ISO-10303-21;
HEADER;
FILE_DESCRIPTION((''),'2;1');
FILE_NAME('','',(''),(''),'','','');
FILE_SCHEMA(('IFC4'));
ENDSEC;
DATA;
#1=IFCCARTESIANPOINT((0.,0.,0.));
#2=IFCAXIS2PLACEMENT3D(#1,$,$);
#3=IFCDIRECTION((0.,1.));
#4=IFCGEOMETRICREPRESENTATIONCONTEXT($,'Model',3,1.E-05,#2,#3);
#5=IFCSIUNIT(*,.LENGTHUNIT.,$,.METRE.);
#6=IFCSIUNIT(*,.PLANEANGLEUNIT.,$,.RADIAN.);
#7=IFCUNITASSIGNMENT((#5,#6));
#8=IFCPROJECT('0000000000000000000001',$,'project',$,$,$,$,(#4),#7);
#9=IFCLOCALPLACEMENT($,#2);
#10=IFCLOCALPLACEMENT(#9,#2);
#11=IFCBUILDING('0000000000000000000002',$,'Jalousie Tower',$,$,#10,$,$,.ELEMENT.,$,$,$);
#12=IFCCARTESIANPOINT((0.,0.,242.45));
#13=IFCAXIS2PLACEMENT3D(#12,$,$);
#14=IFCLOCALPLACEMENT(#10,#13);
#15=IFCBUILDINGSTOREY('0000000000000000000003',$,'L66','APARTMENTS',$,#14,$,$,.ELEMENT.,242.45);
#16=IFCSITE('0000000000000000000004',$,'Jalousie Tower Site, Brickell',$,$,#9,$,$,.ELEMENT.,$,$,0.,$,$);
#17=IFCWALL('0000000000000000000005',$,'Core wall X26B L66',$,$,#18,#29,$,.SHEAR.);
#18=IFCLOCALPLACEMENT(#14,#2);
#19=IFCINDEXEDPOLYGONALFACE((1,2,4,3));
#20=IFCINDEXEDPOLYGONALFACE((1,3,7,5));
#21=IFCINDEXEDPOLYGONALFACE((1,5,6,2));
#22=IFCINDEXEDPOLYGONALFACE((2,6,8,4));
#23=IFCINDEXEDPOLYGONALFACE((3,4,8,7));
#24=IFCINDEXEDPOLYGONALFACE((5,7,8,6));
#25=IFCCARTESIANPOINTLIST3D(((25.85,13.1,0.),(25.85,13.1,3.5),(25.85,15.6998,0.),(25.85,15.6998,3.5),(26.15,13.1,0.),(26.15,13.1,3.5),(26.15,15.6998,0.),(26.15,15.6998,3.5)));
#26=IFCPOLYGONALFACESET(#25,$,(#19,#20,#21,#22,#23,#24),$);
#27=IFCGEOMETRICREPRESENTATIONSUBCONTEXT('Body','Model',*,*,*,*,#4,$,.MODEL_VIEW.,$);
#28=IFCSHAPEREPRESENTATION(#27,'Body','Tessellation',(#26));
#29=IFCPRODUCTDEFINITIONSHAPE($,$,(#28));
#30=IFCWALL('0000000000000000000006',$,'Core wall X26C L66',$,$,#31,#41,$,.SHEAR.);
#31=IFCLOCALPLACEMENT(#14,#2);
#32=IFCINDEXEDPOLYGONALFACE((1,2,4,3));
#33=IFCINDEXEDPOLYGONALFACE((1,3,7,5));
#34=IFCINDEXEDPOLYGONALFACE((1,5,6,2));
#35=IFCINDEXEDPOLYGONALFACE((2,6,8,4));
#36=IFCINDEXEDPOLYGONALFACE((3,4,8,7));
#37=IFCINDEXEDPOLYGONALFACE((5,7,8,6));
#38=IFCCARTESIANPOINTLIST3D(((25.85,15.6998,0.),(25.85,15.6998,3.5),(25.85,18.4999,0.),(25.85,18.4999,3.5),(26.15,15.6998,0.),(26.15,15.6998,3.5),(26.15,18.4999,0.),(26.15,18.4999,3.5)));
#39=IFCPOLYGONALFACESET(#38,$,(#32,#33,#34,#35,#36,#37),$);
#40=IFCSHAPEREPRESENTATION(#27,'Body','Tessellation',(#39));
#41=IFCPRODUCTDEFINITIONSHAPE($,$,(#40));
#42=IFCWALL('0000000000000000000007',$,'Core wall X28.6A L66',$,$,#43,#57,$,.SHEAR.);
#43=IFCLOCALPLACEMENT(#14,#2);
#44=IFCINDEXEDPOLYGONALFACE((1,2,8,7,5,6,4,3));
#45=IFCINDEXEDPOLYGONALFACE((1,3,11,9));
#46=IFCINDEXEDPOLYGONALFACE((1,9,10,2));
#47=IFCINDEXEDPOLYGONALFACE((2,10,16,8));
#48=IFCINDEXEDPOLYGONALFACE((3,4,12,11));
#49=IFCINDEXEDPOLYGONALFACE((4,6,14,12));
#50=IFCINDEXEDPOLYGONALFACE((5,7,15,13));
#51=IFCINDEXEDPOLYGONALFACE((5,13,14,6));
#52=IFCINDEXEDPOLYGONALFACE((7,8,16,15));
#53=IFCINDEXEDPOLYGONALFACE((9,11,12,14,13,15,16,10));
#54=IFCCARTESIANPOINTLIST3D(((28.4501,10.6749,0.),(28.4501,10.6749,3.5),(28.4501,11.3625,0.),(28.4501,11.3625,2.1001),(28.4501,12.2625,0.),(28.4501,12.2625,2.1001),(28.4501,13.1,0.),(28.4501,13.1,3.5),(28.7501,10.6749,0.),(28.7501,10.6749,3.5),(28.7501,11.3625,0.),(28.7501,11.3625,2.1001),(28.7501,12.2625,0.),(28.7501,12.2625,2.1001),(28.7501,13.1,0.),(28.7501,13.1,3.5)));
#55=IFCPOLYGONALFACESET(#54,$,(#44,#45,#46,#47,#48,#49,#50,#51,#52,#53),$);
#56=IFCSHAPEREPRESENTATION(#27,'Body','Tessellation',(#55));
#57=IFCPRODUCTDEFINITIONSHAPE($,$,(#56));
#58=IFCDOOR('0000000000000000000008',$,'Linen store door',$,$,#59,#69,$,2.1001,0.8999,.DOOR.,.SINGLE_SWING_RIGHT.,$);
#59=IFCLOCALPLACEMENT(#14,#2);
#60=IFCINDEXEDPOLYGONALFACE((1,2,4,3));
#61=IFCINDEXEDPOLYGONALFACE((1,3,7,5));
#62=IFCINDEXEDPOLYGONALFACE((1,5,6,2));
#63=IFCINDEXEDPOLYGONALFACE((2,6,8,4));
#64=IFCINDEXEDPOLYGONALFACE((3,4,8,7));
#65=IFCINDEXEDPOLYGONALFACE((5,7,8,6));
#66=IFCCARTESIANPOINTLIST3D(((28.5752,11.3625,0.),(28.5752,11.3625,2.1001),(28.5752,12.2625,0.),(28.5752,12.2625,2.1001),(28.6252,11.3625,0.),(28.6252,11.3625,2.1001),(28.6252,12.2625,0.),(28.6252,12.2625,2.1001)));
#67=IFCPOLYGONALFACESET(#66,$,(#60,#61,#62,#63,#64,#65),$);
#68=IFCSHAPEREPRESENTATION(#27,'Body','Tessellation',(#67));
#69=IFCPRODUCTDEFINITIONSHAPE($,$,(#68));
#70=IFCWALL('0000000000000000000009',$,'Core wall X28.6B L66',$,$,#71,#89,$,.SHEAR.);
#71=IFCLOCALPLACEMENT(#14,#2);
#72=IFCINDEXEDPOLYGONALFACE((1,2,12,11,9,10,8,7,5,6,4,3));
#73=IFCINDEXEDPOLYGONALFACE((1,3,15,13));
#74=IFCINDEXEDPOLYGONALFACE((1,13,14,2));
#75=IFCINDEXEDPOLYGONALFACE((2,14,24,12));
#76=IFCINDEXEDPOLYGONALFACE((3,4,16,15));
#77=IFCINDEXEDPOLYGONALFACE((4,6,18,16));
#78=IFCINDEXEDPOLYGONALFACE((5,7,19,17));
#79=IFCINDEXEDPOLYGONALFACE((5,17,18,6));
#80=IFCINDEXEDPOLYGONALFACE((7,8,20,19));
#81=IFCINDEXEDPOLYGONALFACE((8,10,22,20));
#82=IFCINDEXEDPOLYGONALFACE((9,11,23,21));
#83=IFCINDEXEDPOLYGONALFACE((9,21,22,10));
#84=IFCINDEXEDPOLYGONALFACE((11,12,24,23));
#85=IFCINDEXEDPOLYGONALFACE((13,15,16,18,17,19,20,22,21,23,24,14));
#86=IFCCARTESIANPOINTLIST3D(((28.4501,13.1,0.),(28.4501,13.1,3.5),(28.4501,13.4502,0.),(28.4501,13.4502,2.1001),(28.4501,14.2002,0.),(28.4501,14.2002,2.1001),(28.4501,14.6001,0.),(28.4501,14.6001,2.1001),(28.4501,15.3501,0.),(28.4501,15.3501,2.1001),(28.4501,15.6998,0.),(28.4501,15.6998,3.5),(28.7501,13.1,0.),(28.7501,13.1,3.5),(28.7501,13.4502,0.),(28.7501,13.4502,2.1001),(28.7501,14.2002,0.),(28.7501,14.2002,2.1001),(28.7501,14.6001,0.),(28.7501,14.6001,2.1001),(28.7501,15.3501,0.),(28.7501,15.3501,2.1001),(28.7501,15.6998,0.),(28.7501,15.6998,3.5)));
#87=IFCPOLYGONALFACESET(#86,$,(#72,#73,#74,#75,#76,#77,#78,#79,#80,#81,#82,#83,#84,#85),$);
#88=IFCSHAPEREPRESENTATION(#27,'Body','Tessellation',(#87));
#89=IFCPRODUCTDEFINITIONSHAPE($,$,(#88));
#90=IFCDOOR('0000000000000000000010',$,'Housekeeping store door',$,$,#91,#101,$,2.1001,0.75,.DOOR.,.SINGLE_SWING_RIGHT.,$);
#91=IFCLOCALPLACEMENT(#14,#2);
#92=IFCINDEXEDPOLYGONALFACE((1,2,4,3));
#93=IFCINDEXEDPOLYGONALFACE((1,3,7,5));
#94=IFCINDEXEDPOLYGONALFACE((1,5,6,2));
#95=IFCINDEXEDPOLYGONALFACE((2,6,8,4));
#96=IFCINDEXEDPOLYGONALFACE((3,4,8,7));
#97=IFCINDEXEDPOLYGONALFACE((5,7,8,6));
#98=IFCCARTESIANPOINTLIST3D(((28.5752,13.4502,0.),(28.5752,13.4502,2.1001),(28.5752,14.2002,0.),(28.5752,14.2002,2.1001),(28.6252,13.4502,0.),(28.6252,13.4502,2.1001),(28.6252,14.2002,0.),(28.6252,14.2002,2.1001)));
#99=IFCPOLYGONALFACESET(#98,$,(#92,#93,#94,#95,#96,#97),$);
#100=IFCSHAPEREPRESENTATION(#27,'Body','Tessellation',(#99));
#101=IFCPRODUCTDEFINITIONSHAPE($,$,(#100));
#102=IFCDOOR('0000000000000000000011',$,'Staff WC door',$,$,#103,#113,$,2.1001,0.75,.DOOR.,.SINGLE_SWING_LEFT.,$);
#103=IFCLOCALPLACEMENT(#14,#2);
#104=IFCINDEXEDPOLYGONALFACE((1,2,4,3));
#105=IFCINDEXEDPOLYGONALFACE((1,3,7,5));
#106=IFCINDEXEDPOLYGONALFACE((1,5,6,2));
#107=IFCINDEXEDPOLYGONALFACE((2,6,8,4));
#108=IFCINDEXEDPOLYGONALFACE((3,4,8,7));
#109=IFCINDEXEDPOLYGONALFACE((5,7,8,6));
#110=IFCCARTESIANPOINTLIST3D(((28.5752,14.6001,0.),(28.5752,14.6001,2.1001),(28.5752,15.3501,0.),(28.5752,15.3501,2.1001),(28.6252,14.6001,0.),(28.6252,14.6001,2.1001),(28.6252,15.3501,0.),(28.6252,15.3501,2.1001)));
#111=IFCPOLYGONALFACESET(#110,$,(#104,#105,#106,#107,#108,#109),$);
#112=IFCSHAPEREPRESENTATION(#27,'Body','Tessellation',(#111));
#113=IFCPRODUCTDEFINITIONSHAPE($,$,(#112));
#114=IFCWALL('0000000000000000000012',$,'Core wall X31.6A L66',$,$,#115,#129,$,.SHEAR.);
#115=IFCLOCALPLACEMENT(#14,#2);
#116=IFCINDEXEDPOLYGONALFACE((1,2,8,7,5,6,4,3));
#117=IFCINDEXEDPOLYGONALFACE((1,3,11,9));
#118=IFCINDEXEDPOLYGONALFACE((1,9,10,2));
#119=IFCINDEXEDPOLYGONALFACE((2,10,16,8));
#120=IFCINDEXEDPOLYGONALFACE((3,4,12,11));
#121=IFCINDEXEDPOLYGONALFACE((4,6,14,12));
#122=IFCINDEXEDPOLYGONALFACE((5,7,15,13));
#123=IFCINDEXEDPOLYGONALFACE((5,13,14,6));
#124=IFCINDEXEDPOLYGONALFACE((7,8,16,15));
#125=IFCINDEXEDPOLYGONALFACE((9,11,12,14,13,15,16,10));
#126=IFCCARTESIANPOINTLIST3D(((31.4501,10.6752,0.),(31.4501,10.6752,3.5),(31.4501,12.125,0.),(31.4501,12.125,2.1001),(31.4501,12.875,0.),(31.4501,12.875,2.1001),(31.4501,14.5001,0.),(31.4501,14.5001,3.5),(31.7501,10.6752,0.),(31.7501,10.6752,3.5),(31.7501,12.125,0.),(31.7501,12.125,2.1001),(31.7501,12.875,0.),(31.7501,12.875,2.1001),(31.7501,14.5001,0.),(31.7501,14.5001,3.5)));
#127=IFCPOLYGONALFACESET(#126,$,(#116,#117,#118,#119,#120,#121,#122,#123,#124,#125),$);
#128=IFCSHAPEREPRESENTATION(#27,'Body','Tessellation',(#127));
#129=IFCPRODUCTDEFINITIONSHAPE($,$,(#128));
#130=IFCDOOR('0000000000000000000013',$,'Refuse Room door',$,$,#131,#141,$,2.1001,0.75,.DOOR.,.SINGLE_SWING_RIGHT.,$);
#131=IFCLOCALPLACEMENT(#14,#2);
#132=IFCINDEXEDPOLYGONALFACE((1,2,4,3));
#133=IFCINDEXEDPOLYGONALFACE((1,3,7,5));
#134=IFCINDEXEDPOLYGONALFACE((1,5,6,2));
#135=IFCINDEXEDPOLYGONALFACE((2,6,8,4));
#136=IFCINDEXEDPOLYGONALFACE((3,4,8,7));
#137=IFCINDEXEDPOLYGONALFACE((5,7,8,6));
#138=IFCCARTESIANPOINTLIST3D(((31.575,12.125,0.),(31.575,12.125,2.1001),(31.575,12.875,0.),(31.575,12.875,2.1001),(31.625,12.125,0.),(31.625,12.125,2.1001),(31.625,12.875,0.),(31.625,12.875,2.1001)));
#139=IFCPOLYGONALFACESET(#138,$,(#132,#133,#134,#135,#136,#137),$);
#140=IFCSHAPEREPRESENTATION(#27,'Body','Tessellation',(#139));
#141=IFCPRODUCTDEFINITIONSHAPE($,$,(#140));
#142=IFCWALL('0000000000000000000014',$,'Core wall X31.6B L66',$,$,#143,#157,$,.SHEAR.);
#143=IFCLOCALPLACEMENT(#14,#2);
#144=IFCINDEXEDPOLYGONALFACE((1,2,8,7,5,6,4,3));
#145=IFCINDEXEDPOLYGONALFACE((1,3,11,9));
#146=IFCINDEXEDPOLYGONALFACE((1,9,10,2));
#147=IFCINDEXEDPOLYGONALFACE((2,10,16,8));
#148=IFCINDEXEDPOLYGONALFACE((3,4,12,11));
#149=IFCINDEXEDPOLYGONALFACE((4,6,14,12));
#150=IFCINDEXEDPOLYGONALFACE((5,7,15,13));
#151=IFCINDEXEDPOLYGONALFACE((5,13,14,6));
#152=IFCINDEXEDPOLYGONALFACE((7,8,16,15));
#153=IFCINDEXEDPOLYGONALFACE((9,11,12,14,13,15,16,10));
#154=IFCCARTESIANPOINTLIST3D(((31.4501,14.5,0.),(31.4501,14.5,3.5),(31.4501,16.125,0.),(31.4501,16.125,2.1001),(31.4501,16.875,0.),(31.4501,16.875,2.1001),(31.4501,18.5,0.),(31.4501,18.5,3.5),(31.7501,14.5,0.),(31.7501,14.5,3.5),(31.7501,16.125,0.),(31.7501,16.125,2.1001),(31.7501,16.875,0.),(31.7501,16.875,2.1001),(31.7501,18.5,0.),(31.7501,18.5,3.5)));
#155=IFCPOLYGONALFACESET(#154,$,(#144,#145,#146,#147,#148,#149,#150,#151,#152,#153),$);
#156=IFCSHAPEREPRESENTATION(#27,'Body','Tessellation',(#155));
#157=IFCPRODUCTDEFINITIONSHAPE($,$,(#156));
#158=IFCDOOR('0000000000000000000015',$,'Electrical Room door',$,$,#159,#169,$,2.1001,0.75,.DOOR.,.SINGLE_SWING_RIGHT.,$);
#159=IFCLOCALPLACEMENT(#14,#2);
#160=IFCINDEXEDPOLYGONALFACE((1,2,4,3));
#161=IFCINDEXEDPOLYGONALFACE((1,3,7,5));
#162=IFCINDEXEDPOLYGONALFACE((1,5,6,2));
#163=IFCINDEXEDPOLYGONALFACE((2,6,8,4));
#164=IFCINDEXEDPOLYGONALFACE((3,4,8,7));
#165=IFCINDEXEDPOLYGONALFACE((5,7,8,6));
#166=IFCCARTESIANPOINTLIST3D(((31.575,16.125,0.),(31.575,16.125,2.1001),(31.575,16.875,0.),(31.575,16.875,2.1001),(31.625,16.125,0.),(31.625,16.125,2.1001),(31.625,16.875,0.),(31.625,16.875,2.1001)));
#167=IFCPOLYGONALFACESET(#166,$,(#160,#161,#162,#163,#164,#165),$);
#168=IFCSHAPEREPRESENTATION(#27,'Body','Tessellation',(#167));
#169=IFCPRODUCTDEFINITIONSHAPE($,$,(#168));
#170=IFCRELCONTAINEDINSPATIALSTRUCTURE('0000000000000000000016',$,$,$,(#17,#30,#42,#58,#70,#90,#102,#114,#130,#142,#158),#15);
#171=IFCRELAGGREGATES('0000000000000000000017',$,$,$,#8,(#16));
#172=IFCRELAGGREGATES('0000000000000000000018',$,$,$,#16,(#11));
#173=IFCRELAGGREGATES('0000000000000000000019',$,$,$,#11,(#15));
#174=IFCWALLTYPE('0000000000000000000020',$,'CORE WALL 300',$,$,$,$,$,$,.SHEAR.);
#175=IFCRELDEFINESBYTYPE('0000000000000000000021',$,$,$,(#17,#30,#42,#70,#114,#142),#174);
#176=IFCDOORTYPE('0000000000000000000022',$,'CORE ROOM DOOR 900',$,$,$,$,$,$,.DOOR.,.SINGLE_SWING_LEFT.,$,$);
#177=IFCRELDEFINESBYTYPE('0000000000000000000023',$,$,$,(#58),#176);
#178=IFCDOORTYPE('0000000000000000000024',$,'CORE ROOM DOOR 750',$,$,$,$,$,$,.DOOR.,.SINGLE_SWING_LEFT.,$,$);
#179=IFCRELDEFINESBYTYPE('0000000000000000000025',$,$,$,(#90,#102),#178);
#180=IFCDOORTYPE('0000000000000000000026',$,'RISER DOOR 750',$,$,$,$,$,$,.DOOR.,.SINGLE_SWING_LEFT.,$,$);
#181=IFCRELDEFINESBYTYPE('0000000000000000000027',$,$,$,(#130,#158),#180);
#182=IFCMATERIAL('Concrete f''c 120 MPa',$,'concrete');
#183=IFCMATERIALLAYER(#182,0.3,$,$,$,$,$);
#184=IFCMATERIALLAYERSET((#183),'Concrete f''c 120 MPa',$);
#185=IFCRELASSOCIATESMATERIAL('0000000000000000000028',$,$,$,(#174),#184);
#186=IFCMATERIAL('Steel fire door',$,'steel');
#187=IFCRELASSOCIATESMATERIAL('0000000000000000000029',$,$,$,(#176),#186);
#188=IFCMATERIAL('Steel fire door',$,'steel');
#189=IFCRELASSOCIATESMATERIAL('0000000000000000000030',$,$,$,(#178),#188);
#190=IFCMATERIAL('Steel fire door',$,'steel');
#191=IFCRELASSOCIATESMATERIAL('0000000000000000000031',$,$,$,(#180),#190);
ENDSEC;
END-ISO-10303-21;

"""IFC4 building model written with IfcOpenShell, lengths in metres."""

from ifc_helpers import new_model, si_unit, direction, frame, frame_2d, origin, place, context, subcontext, project, spatial, rectangle, extrude, material, layer, layer_set, type_object, element, fill, save


model = new_model("IFC4")

# Units and contexts
model_context = context("Model", 3, precision=1e-05, world=origin(), true_north=direction((0.0, 1.0)))
body_context = subcontext(model_context, "Body", "Model", "MODEL_VIEW")
ifc_project = project(units=[si_unit("LENGTHUNIT", "METRE"), si_unit("PLANEANGLEUNIT", "RADIAN")], contexts=[model_context])

# Site, building, storey
site_placement = place(None, origin())
site = spatial("IfcSite", under=ifc_project, at=site_placement, Name="Jalousie Tower Site, Brickell", CompositionType="ELEMENT", RefElevation=0.0)
building_placement = place(site_placement, origin())
building = spatial("IfcBuilding", under=site, at=building_placement, Name="Jalousie Tower", CompositionType="ELEMENT")
storey_placement = place(building_placement, frame((0.0, 0.0, 242.45)))
storey = spatial("IfcBuildingStorey", under=building, at=storey_placement, Name="L66", Description="APARTMENTS", CompositionType="ELEMENT", Elevation=242.45)

# Walls
ifc_material_1 = material(Name="Concrete f'c 120 MPa", Category="concrete")
ifc_layer = layer(ifc_material_1, 0.3)
ifc_layer_set = layer_set([ifc_layer], Name="Concrete f'c 120 MPa")
wall_type_1 = type_object("IfcWallType", Name="CORE WALL 300", PredefinedType="SHEAR", material=ifc_layer_set)
wall_1_placement = place(storey_placement, frame((26.0, 13.1001, 0.0), z_axis=(0.0, 0.0, 1.0), x_axis=(0.0, 1.0, 0.0)))
element("IfcWall", 1, at=wall_1_placement, inside=storey, type_object=wall_type_1, Name="Core wall X26B L66", PredefinedType="SHEAR", context=body_context, shape_type="SweptSolid", body=[
    extrude(rectangle(XDim=2.5999, YDim=0.3, at=frame_2d((1.2998, 0.0))), origin(), (0.0, 0.0, 1.0), 3.5),
])
wall_2_placement = place(storey_placement, frame((26.0, 15.7, 0.0), z_axis=(0.0, 0.0, 1.0), x_axis=(0.0, 1.0, 0.0)))
element("IfcWall", 2, at=wall_2_placement, inside=storey, type_object=wall_type_1, Name="Core wall X26C L66", PredefinedType="SHEAR", context=body_context, shape_type="SweptSolid", body=[
    extrude(rectangle(XDim=2.8, YDim=0.3, at=frame_2d((1.3999, 0.0))), origin(), (0.0, 0.0, 1.0), 3.5),
])

# Wall, opening, door
wall_3_placement = place(storey_placement, frame((28.6001, 10.675, 0.0), z_axis=(0.0, 0.0, 1.0), x_axis=(0.0, 1.0, 0.0)))
wall_3 = element("IfcWall", 3, at=wall_3_placement, inside=storey, type_object=wall_type_1, Name="Core wall X28.6A L66", PredefinedType="SHEAR", context=body_context, shape_type="SweptSolid", body=[
    extrude(rectangle(XDim=2.425, YDim=0.3, at=frame_2d((1.2124, 0.0))), origin(), (0.0, 0.0, 1.0), 3.5),
])
opening_1_placement = place(wall_3_placement, frame((0.6875, 0.0, 0.0)))
opening_1 = element("IfcOpeningElement", 4, at=opening_1_placement, cuts=wall_3, PredefinedType="OPENING", context=body_context, shape_type="SweptSolid", body=[
    extrude(rectangle(XDim=0.8999, YDim=2.1001, at=frame_2d((0.45, 1.05))), frame((0.0, 0.1599, 0.0), z_axis=(0.0, -1.0, 0.0), x_axis=(1.0, 0.0, 0.0)), (0.0, 0.0, 1.0), 0.3201),
])
ifc_material_2 = material(Name="Steel fire door", Category="steel")
door_type_1 = type_object("IfcDoorType", Name="CORE ROOM DOOR 900", OperationType="SINGLE_SWING_LEFT", PredefinedType="DOOR", material=ifc_material_2)
door_1_placement = place(opening_1_placement, origin())
door_1 = element("IfcDoor", 5, at=door_1_placement, inside=storey, type_object=door_type_1, Name="Linen store door", OperationType="SINGLE_SWING_RIGHT", OverallHeight=2.1001, OverallWidth=0.8999, PredefinedType="DOOR", context=body_context, shape_type="SweptSolid", body=[
    extrude(rectangle(XDim=0.8999, YDim=2.1001, at=frame_2d((0.45, 1.05))), frame((0.0, 0.0249, 0.0), z_axis=(0.0, -1.0, 0.0), x_axis=(1.0, 0.0, 0.0)), (0.0, 0.0, 1.0), 0.05),
])
fill(opening_1, door_1)

# Wall, openings, doors
wall_4_placement = place(storey_placement, frame((28.6001, 13.1001, 0.0), z_axis=(0.0, 0.0, 1.0), x_axis=(0.0, 1.0, 0.0)))
wall_4 = element("IfcWall", 6, at=wall_4_placement, inside=storey, type_object=wall_type_1, Name="Core wall X28.6B L66", PredefinedType="SHEAR", context=body_context, shape_type="SweptSolid", body=[
    extrude(rectangle(XDim=2.5999, YDim=0.3, at=frame_2d((1.2998, 0.0))), origin(), (0.0, 0.0, 1.0), 3.5),
])
opening_2_placement = place(wall_4_placement, frame((0.3501, 0.0, 0.0)))
opening_2 = element("IfcOpeningElement", 7, at=opening_2_placement, cuts=wall_4, PredefinedType="OPENING", context=body_context, shape_type="SweptSolid", body=[
    extrude(rectangle(XDim=0.75, YDim=2.1001, at=frame_2d((0.375, 1.05))), frame((0.0, 0.1599, 0.0), z_axis=(0.0, -1.0, 0.0), x_axis=(1.0, 0.0, 0.0)), (0.0, 0.0, 1.0), 0.3201),
])
opening_3_placement = place(wall_4_placement, frame((1.5, 0.0, 0.0)))
opening_3 = element("IfcOpeningElement", 8, at=opening_3_placement, cuts=wall_4, PredefinedType="OPENING", context=body_context, shape_type="SweptSolid", body=[
    extrude(rectangle(XDim=0.75, YDim=2.1001, at=frame_2d((0.375, 1.05))), frame((0.0, 0.1599, 0.0), z_axis=(0.0, -1.0, 0.0), x_axis=(1.0, 0.0, 0.0)), (0.0, 0.0, 1.0), 0.3201),
])
ifc_material_3 = material(Name="Steel fire door", Category="steel")
door_type_2 = type_object("IfcDoorType", Name="CORE ROOM DOOR 750", OperationType="SINGLE_SWING_LEFT", PredefinedType="DOOR", material=ifc_material_3)
door_2_placement = place(opening_2_placement, origin())
door_2 = element("IfcDoor", 9, at=door_2_placement, inside=storey, type_object=door_type_2, Name="Housekeeping store door", OperationType="SINGLE_SWING_RIGHT", OverallHeight=2.1001, OverallWidth=0.75, PredefinedType="DOOR", context=body_context, shape_type="SweptSolid", body=[
    extrude(rectangle(XDim=0.75, YDim=2.1001, at=frame_2d((0.375, 1.05))), frame((0.0, 0.0249, 0.0), z_axis=(0.0, -1.0, 0.0), x_axis=(1.0, 0.0, 0.0)), (0.0, 0.0, 1.0), 0.05),
])
fill(opening_2, door_2)
door_3_placement = place(opening_3_placement, origin())
door_3 = element("IfcDoor", 10, at=door_3_placement, inside=storey, type_object=door_type_2, Name="Staff WC door", OperationType="SINGLE_SWING_LEFT", OverallHeight=2.1001, OverallWidth=0.75, PredefinedType="DOOR", context=body_context, shape_type="SweptSolid", body=[
    extrude(rectangle(XDim=0.75, YDim=2.1001, at=frame_2d((0.375, 1.05))), frame((0.0, 0.0249, 0.0), z_axis=(0.0, -1.0, 0.0), x_axis=(1.0, 0.0, 0.0)), (0.0, 0.0, 1.0), 0.05),
])
fill(opening_3, door_3)

# Walls, openings, doors
wall_5_placement = place(storey_placement, frame((31.6001, 10.675, 0.0), z_axis=(0.0, 0.0, 1.0), x_axis=(0.0, 1.0, 0.0)))
wall_5 = element("IfcWall", 11, at=wall_5_placement, inside=storey, type_object=wall_type_1, Name="Core wall X31.6A L66", PredefinedType="SHEAR", context=body_context, shape_type="SweptSolid", body=[
    extrude(rectangle(XDim=3.825, YDim=0.3, at=frame_2d((1.9126, 0.0))), origin(), (0.0, 0.0, 1.0), 3.5),
])
opening_4_placement = place(wall_5_placement, frame((1.45, 0.0, 0.0)))
opening_4 = element("IfcOpeningElement", 12, at=opening_4_placement, cuts=wall_5, PredefinedType="OPENING", context=body_context, shape_type="SweptSolid", body=[
    extrude(rectangle(XDim=0.75, YDim=2.1001, at=frame_2d((0.375, 1.05))), frame((0.0, 0.1599, 0.0), z_axis=(0.0, -1.0, 0.0), x_axis=(1.0, 0.0, 0.0)), (0.0, 0.0, 1.0), 0.3201),
])
ifc_material_4 = material(Name="Steel fire door", Category="steel")
door_type_3 = type_object("IfcDoorType", Name="RISER DOOR 750", OperationType="SINGLE_SWING_LEFT", PredefinedType="DOOR", material=ifc_material_4)
door_4_placement = place(opening_4_placement, frame((0.75, 0.0, 0.0), z_axis=(0.0, 0.0, 1.0), x_axis=(-1.0, 0.0, 0.0)))
door_4 = element("IfcDoor", 13, at=door_4_placement, inside=storey, type_object=door_type_3, Name="Refuse Room door", OperationType="SINGLE_SWING_RIGHT", OverallHeight=2.1001, OverallWidth=0.75, PredefinedType="DOOR", context=body_context, shape_type="SweptSolid", body=[
    extrude(rectangle(XDim=0.75, YDim=2.1001, at=frame_2d((0.375, 1.05))), frame((0.0, 0.0249, 0.0), z_axis=(0.0, -1.0, 0.0), x_axis=(1.0, 0.0, 0.0)), (0.0, 0.0, 1.0), 0.05),
])
fill(opening_4, door_4)
wall_6_placement = place(storey_placement, frame((31.6001, 14.5, 0.0), z_axis=(0.0, 0.0, 1.0), x_axis=(0.0, 1.0, 0.0)))
wall_6 = element("IfcWall", 14, at=wall_6_placement, inside=storey, type_object=wall_type_1, Name="Core wall X31.6B L66", PredefinedType="SHEAR", context=body_context, shape_type="SweptSolid", body=[
    extrude(rectangle(XDim=4.0, YDim=0.3, at=frame_2d((2.0, 0.0))), origin(), (0.0, 0.0, 1.0), 3.5),
])
opening_5_placement = place(wall_6_placement, frame((1.625, 0.0, 0.0)))
opening_5 = element("IfcOpeningElement", 15, at=opening_5_placement, cuts=wall_6, PredefinedType="OPENING", context=body_context, shape_type="SweptSolid", body=[
    extrude(rectangle(XDim=0.75, YDim=2.1001, at=frame_2d((0.375, 1.05))), frame((0.0, 0.1599, 0.0), z_axis=(0.0, -1.0, 0.0), x_axis=(1.0, 0.0, 0.0)), (0.0, 0.0, 1.0), 0.3201),
])
door_5_placement = place(opening_5_placement, frame((0.75, 0.0, 0.0), z_axis=(0.0, 0.0, 1.0), x_axis=(-1.0, 0.0, 0.0)))
door_5 = element("IfcDoor", 16, at=door_5_placement, inside=storey, type_object=door_type_3, Name="Electrical Room door", OperationType="SINGLE_SWING_RIGHT", OverallHeight=2.1001, OverallWidth=0.75, PredefinedType="DOOR", context=body_context, shape_type="SweptSolid", body=[
    extrude(rectangle(XDim=0.75, YDim=2.1001, at=frame_2d((0.375, 1.05))), frame((0.0, 0.0249, 0.0), z_axis=(0.0, -1.0, 0.0), x_axis=(1.0, 0.0, 0.0)), (0.0, 0.0, 1.0), 0.05),
])
fill(opening_5, door_5)

save(model, "model.ifc")
